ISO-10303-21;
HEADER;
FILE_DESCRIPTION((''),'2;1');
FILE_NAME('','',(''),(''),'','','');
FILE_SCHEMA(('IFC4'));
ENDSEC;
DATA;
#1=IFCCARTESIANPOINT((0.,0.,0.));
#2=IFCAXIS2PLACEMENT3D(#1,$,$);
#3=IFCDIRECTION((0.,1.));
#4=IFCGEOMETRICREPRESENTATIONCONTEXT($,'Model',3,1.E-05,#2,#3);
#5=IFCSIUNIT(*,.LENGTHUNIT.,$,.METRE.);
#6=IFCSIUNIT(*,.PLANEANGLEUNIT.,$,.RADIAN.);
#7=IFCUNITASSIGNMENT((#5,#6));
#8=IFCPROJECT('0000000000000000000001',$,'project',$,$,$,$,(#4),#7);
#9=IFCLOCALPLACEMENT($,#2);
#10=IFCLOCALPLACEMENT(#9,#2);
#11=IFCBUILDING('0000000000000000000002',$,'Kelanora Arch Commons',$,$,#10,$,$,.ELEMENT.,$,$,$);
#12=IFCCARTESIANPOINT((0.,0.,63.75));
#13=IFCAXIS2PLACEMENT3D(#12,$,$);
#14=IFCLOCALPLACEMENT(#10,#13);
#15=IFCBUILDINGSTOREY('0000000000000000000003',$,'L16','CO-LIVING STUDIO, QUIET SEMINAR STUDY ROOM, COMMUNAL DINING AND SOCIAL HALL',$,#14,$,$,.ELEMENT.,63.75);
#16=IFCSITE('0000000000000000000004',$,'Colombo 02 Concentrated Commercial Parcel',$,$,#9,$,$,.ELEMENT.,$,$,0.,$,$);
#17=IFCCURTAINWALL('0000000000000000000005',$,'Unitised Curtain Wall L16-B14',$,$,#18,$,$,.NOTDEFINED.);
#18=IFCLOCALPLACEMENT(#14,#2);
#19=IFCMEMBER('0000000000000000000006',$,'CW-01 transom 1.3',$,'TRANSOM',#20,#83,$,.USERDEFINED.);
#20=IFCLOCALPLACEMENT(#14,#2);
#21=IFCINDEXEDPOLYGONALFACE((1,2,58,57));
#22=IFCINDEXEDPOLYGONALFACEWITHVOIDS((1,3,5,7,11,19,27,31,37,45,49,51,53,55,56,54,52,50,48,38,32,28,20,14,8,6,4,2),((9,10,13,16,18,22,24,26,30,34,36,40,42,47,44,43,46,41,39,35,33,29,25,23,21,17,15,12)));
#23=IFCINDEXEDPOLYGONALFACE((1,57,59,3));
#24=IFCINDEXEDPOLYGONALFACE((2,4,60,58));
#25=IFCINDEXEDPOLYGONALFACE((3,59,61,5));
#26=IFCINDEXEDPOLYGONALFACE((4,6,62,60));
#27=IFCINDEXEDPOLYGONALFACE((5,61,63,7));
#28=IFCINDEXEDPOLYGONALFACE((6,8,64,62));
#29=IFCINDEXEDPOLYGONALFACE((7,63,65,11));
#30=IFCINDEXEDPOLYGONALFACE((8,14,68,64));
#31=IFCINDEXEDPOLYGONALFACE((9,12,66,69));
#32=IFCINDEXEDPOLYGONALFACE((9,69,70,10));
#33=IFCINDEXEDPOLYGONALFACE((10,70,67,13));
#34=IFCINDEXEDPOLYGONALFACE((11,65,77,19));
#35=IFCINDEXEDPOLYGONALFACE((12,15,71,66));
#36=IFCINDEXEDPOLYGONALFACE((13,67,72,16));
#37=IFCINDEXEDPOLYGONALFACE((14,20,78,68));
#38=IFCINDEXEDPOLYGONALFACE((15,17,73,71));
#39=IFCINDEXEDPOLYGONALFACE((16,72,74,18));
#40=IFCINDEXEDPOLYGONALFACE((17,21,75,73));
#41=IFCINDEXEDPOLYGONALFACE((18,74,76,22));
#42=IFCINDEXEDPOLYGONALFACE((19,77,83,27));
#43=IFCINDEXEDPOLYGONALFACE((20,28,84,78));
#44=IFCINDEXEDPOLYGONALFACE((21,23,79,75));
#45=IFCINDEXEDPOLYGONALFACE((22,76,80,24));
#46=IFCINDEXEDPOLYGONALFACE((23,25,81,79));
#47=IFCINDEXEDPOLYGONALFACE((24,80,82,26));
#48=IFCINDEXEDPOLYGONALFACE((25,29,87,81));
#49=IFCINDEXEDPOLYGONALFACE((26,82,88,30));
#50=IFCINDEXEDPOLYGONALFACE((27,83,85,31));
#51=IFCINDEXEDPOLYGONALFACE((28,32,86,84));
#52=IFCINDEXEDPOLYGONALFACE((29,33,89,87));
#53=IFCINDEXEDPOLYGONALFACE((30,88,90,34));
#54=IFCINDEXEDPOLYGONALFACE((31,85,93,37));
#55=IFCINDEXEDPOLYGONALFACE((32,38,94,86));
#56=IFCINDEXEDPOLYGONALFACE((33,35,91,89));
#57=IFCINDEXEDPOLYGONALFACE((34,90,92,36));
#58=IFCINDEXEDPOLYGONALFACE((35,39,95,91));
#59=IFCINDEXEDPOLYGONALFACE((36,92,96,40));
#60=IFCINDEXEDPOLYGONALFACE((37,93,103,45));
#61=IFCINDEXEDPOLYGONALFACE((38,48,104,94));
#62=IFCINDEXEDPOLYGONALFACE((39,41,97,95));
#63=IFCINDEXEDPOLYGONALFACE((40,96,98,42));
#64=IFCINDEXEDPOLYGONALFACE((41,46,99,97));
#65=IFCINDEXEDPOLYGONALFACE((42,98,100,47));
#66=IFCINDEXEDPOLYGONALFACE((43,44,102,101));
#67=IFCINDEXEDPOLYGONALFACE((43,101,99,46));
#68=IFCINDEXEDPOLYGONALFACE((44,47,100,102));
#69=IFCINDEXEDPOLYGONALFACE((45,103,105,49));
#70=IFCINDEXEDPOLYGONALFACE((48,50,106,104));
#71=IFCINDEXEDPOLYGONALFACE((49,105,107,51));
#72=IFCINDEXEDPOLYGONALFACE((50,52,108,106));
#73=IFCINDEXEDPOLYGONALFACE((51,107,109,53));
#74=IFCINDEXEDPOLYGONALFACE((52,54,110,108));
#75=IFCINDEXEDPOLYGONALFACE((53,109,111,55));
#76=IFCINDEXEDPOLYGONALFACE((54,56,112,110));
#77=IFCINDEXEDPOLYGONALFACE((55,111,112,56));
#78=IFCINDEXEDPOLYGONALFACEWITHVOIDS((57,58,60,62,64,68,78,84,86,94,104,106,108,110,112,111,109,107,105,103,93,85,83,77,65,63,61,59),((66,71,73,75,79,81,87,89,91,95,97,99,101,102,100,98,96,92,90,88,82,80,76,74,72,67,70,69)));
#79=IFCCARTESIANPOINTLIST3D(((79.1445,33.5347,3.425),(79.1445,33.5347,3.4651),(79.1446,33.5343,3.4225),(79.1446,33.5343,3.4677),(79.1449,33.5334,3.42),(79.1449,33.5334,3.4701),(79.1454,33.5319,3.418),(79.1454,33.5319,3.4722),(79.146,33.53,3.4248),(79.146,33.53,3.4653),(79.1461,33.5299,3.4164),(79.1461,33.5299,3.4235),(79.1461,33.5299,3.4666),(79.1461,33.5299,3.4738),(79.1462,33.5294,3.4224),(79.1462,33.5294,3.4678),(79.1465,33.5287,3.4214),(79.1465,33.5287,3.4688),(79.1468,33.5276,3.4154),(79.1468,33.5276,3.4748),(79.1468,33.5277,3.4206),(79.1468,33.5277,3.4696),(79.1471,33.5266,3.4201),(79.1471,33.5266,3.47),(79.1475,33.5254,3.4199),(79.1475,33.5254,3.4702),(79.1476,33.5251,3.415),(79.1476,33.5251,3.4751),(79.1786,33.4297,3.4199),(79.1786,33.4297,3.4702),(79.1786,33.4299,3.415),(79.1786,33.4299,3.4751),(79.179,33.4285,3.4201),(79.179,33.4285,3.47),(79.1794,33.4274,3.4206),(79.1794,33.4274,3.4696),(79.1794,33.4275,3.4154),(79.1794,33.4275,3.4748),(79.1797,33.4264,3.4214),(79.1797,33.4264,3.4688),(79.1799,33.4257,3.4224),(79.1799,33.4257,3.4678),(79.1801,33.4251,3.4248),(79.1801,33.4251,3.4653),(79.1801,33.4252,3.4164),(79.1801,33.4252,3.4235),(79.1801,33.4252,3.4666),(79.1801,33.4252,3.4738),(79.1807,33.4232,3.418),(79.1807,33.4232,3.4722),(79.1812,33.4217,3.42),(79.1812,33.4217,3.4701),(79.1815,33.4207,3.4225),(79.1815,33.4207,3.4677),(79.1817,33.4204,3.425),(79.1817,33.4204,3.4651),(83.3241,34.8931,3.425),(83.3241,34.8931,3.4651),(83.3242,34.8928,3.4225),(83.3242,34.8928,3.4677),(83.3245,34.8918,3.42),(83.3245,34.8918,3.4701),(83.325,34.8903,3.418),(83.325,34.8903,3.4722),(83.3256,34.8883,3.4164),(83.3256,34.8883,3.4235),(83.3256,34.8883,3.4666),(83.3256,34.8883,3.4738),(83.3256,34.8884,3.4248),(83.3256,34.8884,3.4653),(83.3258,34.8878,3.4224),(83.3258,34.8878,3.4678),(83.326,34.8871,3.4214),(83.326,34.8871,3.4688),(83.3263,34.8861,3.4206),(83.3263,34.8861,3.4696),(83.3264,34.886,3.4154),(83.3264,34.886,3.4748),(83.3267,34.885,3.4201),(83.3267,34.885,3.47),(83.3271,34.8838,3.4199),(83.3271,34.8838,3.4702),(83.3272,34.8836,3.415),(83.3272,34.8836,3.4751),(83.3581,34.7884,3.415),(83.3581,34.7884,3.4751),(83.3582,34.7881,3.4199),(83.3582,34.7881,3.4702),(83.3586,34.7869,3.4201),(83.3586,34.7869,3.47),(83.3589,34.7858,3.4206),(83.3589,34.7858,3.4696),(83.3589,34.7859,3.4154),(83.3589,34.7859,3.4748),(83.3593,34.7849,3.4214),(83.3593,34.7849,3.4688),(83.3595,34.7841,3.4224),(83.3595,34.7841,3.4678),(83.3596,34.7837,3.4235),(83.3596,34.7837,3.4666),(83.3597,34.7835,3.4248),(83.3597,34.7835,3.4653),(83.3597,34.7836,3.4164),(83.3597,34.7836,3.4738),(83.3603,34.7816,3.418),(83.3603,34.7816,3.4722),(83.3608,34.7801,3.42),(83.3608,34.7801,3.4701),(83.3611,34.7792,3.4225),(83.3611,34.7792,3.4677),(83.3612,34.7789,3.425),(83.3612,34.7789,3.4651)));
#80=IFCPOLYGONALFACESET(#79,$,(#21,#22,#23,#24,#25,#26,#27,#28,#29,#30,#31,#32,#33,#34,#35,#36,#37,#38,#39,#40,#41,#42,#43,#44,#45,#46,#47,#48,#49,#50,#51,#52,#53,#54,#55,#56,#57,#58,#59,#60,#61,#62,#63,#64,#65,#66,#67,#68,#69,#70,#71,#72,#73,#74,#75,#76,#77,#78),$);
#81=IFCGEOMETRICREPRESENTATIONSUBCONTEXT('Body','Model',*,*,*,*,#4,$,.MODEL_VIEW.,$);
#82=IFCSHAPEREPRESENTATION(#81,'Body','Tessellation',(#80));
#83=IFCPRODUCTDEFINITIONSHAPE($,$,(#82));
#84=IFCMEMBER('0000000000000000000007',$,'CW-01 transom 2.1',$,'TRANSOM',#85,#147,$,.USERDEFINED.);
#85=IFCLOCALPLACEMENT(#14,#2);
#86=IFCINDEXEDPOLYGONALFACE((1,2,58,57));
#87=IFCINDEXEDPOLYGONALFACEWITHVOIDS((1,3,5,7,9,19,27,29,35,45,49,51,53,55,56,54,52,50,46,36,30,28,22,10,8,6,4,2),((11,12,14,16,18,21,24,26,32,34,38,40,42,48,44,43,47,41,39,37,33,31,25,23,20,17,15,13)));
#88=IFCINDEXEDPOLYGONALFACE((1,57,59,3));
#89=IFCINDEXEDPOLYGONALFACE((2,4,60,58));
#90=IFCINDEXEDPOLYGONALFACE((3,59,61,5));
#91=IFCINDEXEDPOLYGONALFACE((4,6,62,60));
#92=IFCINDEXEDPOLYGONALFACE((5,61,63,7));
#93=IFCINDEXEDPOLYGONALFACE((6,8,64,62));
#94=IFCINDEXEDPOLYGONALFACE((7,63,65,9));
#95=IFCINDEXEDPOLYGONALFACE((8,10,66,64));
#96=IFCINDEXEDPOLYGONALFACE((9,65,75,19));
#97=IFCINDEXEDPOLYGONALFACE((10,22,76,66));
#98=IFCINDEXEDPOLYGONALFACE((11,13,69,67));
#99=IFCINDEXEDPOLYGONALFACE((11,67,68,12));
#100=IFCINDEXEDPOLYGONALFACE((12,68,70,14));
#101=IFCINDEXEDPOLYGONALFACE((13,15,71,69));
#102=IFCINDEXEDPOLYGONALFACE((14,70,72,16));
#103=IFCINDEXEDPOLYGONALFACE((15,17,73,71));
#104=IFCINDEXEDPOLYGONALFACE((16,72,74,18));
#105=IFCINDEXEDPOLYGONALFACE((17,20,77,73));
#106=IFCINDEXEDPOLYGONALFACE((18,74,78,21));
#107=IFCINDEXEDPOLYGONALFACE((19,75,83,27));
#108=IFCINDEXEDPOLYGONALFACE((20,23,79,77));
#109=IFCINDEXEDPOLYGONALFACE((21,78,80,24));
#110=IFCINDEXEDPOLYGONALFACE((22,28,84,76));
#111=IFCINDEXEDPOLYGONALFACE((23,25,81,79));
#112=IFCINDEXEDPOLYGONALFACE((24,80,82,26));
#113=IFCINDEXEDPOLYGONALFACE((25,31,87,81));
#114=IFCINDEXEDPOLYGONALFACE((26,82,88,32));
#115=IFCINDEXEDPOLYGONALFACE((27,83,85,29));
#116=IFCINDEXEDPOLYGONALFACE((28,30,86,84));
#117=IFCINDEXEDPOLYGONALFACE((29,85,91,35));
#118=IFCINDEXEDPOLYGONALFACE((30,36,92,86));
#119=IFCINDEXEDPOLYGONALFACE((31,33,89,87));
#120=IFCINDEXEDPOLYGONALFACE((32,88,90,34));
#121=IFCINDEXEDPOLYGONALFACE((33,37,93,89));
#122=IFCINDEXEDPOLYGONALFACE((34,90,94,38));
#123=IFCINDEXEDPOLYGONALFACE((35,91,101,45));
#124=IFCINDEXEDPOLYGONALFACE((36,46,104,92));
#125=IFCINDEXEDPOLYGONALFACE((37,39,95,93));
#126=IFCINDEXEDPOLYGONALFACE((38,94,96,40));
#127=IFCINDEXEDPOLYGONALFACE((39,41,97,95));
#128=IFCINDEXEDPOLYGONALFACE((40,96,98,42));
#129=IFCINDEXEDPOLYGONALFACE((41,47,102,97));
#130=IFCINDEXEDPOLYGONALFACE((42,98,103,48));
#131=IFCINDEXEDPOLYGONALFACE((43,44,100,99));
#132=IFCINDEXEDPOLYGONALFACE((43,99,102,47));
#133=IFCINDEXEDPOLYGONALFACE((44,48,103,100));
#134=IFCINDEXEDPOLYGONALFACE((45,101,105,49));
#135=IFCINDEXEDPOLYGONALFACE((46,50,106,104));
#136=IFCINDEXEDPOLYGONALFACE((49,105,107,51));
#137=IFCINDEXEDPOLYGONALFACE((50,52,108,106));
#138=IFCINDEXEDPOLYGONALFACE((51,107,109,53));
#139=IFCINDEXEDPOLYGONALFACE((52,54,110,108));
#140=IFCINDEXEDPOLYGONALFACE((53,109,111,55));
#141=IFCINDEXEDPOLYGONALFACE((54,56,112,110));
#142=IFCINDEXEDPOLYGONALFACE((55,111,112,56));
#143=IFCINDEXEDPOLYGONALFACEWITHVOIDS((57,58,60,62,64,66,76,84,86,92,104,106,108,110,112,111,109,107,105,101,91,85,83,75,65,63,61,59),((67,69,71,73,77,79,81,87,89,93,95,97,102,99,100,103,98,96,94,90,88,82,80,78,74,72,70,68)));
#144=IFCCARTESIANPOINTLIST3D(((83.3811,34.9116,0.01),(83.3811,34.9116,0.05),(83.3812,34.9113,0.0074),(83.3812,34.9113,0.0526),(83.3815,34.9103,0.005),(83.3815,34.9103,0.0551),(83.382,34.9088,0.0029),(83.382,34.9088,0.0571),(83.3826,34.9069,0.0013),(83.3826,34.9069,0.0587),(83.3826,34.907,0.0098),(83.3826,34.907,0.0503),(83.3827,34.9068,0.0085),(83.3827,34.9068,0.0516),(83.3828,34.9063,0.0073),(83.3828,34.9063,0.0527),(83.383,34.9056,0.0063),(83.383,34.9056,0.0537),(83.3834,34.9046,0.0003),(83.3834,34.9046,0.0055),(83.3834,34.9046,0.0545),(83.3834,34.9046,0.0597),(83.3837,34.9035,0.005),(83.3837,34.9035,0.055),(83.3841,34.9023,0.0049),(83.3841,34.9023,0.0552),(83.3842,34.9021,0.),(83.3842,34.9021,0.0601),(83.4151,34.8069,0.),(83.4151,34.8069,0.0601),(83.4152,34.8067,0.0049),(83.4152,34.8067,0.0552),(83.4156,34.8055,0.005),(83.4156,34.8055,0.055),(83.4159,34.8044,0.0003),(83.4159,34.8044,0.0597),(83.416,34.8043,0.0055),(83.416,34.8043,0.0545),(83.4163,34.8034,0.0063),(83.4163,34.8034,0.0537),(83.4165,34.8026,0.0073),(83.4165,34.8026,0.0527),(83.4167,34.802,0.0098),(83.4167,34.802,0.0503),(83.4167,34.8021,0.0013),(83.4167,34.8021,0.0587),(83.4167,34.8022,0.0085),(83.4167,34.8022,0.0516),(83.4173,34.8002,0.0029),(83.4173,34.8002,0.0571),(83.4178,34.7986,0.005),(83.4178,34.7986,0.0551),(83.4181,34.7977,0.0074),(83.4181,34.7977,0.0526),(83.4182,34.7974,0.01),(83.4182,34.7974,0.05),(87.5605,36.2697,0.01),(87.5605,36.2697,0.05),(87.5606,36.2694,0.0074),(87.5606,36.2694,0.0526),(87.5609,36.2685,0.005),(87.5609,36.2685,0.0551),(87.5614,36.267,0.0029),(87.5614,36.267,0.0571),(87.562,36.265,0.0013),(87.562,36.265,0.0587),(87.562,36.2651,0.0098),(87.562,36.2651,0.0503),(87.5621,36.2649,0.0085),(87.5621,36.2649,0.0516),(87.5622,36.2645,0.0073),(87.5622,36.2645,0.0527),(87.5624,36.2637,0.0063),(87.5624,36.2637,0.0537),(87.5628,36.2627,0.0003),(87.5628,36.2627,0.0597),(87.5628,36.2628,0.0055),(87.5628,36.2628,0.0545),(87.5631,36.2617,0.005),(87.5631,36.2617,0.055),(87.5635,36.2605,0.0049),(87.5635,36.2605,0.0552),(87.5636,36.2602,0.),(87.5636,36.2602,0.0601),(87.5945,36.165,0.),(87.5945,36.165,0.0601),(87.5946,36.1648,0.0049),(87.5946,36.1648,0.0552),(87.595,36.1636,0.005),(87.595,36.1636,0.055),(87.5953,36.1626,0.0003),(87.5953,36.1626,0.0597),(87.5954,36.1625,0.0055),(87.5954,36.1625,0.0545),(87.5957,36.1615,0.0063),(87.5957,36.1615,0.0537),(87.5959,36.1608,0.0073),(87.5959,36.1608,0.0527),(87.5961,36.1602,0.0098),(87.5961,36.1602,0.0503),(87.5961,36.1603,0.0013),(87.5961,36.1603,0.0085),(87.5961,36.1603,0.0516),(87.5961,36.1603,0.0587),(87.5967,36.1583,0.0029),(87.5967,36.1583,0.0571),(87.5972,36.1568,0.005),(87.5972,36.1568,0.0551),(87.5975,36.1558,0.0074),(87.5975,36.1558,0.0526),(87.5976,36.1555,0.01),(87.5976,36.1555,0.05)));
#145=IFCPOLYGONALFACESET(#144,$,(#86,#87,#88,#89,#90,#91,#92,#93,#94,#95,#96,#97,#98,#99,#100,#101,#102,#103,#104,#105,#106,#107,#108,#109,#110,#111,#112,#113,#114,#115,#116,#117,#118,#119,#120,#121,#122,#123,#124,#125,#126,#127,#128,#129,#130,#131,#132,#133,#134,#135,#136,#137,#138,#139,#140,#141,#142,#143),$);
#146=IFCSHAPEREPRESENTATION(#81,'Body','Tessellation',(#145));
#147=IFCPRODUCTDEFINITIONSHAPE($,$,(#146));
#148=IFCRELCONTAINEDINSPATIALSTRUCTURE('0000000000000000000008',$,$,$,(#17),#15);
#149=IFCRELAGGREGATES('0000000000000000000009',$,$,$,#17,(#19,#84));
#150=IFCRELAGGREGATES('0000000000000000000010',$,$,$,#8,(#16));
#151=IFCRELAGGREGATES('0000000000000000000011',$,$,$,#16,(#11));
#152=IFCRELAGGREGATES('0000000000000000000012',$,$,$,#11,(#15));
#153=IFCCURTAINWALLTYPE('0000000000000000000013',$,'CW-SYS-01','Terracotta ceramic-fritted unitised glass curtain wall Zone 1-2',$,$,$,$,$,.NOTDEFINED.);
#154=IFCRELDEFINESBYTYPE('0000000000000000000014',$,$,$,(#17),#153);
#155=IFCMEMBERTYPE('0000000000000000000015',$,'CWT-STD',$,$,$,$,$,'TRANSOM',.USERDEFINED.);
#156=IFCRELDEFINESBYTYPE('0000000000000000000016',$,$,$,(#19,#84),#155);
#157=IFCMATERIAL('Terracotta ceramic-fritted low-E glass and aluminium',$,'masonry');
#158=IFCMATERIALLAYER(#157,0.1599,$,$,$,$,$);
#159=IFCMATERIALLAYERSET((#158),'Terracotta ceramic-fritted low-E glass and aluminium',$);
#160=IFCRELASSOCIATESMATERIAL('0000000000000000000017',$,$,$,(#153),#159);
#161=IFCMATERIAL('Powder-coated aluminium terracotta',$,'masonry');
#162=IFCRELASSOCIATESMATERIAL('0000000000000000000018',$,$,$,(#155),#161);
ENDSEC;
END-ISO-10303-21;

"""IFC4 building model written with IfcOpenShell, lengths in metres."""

from ifc_helpers import new_model, si_unit, direction, frame, origin, origin_2d, place, context, subcontext, project, spatial, hollow_rectangle, extrude, material, layer, layer_set, material_profile, profile_set, type_object, element, aggregate, save


model = new_model("IFC4")

# Units and contexts
model_context = context("Model", 3, precision=1e-05, world=origin(), true_north=direction((0.0, 1.0)))
body_context = subcontext(model_context, "Body", "Model", "MODEL_VIEW")
ifc_project = project(units=[si_unit("LENGTHUNIT", "METRE"), si_unit("PLANEANGLEUNIT", "RADIAN")], contexts=[model_context])

# Site, building, storey
site_placement = place(None, origin())
site = spatial("IfcSite", under=ifc_project, at=site_placement, Name="Colombo 02 Concentrated Commercial Parcel", CompositionType="ELEMENT", RefElevation=0.0)
building_placement = place(site_placement, origin())
building = spatial("IfcBuilding", under=site, at=building_placement, Name="Kelanora Arch Commons", CompositionType="ELEMENT")
storey_placement = place(building_placement, frame((0.0, 0.0, 63.75)))
storey = spatial("IfcBuildingStorey", under=building, at=storey_placement, Name="L16", Description="CO-LIVING STUDIO, QUIET SEMINAR STUDY ROOM, COMMUNAL DINING AND SOCIAL HALL", CompositionType="ELEMENT", Elevation=63.75)

# Curtain wall, members
ifc_material_1 = material(Name="Terracotta ceramic-fritted low-E glass and aluminium", Category="masonry")
ifc_layer_1 = layer(ifc_material_1, 0.1599)
ifc_layer_set_1 = layer_set([ifc_layer_1], Name="Terracotta ceramic-fritted low-E glass and aluminium")
curtain_wall_type = type_object("IfcCurtainWallType", Name="CW-SYS-01", Description="Terracotta ceramic-fritted unitised glass curtain wall Zone 1-2", PredefinedType="NOTDEFINED", material=ifc_layer_set_1)
curtain_wall_placement = place(storey_placement, origin())
curtain_wall = element("IfcCurtainWall", 1, at=curtain_wall_placement, inside=storey, type_object=curtain_wall_type, Name="Unitised Curtain Wall L16-B14", PredefinedType="NOTDEFINED")
ifc_material_2 = material(Name="Powder-coated aluminium terracotta", Category="masonry")
ifc_material_profile_1 = material_profile(ifc_material_2, hollow_rectangle(XDim=0.1201, YDim=0.0601, WallThickness=0.0049, InnerFilletRadius=0.0049, OuterFilletRadius=0.01, at=origin_2d()), Name="CWT120x60")
ifc_profile_set_1 = profile_set([ifc_material_profile_1], Name="Powder-coated aluminium terracotta")
member_type_1 = type_object("IfcMemberType", Name="CWT-STD", ElementType="TRANSOM", PredefinedType="USERDEFINED", material=ifc_profile_set_1)
member_1_placement = place(storey_placement, frame((79.1631, 33.4775, 3.4451), z_axis=(0.951029, 0.309102, 0.0), x_axis=(-0.309102, 0.951029, 0.0)))
member_1 = element("IfcMember", 2, at=member_1_placement, type_object=member_type_1, Name="CW-01 transom 1.3", ObjectType="TRANSOM", PredefinedType="USERDEFINED", context=body_context, shape_type="SweptSolid", body=[
    extrude(hollow_rectangle(XDim=0.1201, YDim=0.0601, WallThickness=0.0049, InnerFilletRadius=0.0049, OuterFilletRadius=0.01, at=origin_2d()), origin(), (0.0, 0.0, 1.0), 4.3948),
])
member_2_placement = place(storey_placement, frame((83.3997, 34.8545, 0.03), z_axis=(0.951045, 0.309052, 0.0), x_axis=(-0.309052, 0.951045, 0.0)))
member_2 = element("IfcMember", 3, at=member_2_placement, type_object=member_type_1, Name="CW-01 transom 2.1", ObjectType="TRANSOM", PredefinedType="USERDEFINED", context=body_context, shape_type="SweptSolid", body=[
    extrude(hollow_rectangle(XDim=0.1201, YDim=0.0601, WallThickness=0.0049, InnerFilletRadius=0.0049, OuterFilletRadius=0.01, at=origin_2d()), origin(), (0.0, 0.0, 1.0), 4.3945),
])
aggregate(curtain_wall, [member_1, member_2])

save(model, "model.ifc")
